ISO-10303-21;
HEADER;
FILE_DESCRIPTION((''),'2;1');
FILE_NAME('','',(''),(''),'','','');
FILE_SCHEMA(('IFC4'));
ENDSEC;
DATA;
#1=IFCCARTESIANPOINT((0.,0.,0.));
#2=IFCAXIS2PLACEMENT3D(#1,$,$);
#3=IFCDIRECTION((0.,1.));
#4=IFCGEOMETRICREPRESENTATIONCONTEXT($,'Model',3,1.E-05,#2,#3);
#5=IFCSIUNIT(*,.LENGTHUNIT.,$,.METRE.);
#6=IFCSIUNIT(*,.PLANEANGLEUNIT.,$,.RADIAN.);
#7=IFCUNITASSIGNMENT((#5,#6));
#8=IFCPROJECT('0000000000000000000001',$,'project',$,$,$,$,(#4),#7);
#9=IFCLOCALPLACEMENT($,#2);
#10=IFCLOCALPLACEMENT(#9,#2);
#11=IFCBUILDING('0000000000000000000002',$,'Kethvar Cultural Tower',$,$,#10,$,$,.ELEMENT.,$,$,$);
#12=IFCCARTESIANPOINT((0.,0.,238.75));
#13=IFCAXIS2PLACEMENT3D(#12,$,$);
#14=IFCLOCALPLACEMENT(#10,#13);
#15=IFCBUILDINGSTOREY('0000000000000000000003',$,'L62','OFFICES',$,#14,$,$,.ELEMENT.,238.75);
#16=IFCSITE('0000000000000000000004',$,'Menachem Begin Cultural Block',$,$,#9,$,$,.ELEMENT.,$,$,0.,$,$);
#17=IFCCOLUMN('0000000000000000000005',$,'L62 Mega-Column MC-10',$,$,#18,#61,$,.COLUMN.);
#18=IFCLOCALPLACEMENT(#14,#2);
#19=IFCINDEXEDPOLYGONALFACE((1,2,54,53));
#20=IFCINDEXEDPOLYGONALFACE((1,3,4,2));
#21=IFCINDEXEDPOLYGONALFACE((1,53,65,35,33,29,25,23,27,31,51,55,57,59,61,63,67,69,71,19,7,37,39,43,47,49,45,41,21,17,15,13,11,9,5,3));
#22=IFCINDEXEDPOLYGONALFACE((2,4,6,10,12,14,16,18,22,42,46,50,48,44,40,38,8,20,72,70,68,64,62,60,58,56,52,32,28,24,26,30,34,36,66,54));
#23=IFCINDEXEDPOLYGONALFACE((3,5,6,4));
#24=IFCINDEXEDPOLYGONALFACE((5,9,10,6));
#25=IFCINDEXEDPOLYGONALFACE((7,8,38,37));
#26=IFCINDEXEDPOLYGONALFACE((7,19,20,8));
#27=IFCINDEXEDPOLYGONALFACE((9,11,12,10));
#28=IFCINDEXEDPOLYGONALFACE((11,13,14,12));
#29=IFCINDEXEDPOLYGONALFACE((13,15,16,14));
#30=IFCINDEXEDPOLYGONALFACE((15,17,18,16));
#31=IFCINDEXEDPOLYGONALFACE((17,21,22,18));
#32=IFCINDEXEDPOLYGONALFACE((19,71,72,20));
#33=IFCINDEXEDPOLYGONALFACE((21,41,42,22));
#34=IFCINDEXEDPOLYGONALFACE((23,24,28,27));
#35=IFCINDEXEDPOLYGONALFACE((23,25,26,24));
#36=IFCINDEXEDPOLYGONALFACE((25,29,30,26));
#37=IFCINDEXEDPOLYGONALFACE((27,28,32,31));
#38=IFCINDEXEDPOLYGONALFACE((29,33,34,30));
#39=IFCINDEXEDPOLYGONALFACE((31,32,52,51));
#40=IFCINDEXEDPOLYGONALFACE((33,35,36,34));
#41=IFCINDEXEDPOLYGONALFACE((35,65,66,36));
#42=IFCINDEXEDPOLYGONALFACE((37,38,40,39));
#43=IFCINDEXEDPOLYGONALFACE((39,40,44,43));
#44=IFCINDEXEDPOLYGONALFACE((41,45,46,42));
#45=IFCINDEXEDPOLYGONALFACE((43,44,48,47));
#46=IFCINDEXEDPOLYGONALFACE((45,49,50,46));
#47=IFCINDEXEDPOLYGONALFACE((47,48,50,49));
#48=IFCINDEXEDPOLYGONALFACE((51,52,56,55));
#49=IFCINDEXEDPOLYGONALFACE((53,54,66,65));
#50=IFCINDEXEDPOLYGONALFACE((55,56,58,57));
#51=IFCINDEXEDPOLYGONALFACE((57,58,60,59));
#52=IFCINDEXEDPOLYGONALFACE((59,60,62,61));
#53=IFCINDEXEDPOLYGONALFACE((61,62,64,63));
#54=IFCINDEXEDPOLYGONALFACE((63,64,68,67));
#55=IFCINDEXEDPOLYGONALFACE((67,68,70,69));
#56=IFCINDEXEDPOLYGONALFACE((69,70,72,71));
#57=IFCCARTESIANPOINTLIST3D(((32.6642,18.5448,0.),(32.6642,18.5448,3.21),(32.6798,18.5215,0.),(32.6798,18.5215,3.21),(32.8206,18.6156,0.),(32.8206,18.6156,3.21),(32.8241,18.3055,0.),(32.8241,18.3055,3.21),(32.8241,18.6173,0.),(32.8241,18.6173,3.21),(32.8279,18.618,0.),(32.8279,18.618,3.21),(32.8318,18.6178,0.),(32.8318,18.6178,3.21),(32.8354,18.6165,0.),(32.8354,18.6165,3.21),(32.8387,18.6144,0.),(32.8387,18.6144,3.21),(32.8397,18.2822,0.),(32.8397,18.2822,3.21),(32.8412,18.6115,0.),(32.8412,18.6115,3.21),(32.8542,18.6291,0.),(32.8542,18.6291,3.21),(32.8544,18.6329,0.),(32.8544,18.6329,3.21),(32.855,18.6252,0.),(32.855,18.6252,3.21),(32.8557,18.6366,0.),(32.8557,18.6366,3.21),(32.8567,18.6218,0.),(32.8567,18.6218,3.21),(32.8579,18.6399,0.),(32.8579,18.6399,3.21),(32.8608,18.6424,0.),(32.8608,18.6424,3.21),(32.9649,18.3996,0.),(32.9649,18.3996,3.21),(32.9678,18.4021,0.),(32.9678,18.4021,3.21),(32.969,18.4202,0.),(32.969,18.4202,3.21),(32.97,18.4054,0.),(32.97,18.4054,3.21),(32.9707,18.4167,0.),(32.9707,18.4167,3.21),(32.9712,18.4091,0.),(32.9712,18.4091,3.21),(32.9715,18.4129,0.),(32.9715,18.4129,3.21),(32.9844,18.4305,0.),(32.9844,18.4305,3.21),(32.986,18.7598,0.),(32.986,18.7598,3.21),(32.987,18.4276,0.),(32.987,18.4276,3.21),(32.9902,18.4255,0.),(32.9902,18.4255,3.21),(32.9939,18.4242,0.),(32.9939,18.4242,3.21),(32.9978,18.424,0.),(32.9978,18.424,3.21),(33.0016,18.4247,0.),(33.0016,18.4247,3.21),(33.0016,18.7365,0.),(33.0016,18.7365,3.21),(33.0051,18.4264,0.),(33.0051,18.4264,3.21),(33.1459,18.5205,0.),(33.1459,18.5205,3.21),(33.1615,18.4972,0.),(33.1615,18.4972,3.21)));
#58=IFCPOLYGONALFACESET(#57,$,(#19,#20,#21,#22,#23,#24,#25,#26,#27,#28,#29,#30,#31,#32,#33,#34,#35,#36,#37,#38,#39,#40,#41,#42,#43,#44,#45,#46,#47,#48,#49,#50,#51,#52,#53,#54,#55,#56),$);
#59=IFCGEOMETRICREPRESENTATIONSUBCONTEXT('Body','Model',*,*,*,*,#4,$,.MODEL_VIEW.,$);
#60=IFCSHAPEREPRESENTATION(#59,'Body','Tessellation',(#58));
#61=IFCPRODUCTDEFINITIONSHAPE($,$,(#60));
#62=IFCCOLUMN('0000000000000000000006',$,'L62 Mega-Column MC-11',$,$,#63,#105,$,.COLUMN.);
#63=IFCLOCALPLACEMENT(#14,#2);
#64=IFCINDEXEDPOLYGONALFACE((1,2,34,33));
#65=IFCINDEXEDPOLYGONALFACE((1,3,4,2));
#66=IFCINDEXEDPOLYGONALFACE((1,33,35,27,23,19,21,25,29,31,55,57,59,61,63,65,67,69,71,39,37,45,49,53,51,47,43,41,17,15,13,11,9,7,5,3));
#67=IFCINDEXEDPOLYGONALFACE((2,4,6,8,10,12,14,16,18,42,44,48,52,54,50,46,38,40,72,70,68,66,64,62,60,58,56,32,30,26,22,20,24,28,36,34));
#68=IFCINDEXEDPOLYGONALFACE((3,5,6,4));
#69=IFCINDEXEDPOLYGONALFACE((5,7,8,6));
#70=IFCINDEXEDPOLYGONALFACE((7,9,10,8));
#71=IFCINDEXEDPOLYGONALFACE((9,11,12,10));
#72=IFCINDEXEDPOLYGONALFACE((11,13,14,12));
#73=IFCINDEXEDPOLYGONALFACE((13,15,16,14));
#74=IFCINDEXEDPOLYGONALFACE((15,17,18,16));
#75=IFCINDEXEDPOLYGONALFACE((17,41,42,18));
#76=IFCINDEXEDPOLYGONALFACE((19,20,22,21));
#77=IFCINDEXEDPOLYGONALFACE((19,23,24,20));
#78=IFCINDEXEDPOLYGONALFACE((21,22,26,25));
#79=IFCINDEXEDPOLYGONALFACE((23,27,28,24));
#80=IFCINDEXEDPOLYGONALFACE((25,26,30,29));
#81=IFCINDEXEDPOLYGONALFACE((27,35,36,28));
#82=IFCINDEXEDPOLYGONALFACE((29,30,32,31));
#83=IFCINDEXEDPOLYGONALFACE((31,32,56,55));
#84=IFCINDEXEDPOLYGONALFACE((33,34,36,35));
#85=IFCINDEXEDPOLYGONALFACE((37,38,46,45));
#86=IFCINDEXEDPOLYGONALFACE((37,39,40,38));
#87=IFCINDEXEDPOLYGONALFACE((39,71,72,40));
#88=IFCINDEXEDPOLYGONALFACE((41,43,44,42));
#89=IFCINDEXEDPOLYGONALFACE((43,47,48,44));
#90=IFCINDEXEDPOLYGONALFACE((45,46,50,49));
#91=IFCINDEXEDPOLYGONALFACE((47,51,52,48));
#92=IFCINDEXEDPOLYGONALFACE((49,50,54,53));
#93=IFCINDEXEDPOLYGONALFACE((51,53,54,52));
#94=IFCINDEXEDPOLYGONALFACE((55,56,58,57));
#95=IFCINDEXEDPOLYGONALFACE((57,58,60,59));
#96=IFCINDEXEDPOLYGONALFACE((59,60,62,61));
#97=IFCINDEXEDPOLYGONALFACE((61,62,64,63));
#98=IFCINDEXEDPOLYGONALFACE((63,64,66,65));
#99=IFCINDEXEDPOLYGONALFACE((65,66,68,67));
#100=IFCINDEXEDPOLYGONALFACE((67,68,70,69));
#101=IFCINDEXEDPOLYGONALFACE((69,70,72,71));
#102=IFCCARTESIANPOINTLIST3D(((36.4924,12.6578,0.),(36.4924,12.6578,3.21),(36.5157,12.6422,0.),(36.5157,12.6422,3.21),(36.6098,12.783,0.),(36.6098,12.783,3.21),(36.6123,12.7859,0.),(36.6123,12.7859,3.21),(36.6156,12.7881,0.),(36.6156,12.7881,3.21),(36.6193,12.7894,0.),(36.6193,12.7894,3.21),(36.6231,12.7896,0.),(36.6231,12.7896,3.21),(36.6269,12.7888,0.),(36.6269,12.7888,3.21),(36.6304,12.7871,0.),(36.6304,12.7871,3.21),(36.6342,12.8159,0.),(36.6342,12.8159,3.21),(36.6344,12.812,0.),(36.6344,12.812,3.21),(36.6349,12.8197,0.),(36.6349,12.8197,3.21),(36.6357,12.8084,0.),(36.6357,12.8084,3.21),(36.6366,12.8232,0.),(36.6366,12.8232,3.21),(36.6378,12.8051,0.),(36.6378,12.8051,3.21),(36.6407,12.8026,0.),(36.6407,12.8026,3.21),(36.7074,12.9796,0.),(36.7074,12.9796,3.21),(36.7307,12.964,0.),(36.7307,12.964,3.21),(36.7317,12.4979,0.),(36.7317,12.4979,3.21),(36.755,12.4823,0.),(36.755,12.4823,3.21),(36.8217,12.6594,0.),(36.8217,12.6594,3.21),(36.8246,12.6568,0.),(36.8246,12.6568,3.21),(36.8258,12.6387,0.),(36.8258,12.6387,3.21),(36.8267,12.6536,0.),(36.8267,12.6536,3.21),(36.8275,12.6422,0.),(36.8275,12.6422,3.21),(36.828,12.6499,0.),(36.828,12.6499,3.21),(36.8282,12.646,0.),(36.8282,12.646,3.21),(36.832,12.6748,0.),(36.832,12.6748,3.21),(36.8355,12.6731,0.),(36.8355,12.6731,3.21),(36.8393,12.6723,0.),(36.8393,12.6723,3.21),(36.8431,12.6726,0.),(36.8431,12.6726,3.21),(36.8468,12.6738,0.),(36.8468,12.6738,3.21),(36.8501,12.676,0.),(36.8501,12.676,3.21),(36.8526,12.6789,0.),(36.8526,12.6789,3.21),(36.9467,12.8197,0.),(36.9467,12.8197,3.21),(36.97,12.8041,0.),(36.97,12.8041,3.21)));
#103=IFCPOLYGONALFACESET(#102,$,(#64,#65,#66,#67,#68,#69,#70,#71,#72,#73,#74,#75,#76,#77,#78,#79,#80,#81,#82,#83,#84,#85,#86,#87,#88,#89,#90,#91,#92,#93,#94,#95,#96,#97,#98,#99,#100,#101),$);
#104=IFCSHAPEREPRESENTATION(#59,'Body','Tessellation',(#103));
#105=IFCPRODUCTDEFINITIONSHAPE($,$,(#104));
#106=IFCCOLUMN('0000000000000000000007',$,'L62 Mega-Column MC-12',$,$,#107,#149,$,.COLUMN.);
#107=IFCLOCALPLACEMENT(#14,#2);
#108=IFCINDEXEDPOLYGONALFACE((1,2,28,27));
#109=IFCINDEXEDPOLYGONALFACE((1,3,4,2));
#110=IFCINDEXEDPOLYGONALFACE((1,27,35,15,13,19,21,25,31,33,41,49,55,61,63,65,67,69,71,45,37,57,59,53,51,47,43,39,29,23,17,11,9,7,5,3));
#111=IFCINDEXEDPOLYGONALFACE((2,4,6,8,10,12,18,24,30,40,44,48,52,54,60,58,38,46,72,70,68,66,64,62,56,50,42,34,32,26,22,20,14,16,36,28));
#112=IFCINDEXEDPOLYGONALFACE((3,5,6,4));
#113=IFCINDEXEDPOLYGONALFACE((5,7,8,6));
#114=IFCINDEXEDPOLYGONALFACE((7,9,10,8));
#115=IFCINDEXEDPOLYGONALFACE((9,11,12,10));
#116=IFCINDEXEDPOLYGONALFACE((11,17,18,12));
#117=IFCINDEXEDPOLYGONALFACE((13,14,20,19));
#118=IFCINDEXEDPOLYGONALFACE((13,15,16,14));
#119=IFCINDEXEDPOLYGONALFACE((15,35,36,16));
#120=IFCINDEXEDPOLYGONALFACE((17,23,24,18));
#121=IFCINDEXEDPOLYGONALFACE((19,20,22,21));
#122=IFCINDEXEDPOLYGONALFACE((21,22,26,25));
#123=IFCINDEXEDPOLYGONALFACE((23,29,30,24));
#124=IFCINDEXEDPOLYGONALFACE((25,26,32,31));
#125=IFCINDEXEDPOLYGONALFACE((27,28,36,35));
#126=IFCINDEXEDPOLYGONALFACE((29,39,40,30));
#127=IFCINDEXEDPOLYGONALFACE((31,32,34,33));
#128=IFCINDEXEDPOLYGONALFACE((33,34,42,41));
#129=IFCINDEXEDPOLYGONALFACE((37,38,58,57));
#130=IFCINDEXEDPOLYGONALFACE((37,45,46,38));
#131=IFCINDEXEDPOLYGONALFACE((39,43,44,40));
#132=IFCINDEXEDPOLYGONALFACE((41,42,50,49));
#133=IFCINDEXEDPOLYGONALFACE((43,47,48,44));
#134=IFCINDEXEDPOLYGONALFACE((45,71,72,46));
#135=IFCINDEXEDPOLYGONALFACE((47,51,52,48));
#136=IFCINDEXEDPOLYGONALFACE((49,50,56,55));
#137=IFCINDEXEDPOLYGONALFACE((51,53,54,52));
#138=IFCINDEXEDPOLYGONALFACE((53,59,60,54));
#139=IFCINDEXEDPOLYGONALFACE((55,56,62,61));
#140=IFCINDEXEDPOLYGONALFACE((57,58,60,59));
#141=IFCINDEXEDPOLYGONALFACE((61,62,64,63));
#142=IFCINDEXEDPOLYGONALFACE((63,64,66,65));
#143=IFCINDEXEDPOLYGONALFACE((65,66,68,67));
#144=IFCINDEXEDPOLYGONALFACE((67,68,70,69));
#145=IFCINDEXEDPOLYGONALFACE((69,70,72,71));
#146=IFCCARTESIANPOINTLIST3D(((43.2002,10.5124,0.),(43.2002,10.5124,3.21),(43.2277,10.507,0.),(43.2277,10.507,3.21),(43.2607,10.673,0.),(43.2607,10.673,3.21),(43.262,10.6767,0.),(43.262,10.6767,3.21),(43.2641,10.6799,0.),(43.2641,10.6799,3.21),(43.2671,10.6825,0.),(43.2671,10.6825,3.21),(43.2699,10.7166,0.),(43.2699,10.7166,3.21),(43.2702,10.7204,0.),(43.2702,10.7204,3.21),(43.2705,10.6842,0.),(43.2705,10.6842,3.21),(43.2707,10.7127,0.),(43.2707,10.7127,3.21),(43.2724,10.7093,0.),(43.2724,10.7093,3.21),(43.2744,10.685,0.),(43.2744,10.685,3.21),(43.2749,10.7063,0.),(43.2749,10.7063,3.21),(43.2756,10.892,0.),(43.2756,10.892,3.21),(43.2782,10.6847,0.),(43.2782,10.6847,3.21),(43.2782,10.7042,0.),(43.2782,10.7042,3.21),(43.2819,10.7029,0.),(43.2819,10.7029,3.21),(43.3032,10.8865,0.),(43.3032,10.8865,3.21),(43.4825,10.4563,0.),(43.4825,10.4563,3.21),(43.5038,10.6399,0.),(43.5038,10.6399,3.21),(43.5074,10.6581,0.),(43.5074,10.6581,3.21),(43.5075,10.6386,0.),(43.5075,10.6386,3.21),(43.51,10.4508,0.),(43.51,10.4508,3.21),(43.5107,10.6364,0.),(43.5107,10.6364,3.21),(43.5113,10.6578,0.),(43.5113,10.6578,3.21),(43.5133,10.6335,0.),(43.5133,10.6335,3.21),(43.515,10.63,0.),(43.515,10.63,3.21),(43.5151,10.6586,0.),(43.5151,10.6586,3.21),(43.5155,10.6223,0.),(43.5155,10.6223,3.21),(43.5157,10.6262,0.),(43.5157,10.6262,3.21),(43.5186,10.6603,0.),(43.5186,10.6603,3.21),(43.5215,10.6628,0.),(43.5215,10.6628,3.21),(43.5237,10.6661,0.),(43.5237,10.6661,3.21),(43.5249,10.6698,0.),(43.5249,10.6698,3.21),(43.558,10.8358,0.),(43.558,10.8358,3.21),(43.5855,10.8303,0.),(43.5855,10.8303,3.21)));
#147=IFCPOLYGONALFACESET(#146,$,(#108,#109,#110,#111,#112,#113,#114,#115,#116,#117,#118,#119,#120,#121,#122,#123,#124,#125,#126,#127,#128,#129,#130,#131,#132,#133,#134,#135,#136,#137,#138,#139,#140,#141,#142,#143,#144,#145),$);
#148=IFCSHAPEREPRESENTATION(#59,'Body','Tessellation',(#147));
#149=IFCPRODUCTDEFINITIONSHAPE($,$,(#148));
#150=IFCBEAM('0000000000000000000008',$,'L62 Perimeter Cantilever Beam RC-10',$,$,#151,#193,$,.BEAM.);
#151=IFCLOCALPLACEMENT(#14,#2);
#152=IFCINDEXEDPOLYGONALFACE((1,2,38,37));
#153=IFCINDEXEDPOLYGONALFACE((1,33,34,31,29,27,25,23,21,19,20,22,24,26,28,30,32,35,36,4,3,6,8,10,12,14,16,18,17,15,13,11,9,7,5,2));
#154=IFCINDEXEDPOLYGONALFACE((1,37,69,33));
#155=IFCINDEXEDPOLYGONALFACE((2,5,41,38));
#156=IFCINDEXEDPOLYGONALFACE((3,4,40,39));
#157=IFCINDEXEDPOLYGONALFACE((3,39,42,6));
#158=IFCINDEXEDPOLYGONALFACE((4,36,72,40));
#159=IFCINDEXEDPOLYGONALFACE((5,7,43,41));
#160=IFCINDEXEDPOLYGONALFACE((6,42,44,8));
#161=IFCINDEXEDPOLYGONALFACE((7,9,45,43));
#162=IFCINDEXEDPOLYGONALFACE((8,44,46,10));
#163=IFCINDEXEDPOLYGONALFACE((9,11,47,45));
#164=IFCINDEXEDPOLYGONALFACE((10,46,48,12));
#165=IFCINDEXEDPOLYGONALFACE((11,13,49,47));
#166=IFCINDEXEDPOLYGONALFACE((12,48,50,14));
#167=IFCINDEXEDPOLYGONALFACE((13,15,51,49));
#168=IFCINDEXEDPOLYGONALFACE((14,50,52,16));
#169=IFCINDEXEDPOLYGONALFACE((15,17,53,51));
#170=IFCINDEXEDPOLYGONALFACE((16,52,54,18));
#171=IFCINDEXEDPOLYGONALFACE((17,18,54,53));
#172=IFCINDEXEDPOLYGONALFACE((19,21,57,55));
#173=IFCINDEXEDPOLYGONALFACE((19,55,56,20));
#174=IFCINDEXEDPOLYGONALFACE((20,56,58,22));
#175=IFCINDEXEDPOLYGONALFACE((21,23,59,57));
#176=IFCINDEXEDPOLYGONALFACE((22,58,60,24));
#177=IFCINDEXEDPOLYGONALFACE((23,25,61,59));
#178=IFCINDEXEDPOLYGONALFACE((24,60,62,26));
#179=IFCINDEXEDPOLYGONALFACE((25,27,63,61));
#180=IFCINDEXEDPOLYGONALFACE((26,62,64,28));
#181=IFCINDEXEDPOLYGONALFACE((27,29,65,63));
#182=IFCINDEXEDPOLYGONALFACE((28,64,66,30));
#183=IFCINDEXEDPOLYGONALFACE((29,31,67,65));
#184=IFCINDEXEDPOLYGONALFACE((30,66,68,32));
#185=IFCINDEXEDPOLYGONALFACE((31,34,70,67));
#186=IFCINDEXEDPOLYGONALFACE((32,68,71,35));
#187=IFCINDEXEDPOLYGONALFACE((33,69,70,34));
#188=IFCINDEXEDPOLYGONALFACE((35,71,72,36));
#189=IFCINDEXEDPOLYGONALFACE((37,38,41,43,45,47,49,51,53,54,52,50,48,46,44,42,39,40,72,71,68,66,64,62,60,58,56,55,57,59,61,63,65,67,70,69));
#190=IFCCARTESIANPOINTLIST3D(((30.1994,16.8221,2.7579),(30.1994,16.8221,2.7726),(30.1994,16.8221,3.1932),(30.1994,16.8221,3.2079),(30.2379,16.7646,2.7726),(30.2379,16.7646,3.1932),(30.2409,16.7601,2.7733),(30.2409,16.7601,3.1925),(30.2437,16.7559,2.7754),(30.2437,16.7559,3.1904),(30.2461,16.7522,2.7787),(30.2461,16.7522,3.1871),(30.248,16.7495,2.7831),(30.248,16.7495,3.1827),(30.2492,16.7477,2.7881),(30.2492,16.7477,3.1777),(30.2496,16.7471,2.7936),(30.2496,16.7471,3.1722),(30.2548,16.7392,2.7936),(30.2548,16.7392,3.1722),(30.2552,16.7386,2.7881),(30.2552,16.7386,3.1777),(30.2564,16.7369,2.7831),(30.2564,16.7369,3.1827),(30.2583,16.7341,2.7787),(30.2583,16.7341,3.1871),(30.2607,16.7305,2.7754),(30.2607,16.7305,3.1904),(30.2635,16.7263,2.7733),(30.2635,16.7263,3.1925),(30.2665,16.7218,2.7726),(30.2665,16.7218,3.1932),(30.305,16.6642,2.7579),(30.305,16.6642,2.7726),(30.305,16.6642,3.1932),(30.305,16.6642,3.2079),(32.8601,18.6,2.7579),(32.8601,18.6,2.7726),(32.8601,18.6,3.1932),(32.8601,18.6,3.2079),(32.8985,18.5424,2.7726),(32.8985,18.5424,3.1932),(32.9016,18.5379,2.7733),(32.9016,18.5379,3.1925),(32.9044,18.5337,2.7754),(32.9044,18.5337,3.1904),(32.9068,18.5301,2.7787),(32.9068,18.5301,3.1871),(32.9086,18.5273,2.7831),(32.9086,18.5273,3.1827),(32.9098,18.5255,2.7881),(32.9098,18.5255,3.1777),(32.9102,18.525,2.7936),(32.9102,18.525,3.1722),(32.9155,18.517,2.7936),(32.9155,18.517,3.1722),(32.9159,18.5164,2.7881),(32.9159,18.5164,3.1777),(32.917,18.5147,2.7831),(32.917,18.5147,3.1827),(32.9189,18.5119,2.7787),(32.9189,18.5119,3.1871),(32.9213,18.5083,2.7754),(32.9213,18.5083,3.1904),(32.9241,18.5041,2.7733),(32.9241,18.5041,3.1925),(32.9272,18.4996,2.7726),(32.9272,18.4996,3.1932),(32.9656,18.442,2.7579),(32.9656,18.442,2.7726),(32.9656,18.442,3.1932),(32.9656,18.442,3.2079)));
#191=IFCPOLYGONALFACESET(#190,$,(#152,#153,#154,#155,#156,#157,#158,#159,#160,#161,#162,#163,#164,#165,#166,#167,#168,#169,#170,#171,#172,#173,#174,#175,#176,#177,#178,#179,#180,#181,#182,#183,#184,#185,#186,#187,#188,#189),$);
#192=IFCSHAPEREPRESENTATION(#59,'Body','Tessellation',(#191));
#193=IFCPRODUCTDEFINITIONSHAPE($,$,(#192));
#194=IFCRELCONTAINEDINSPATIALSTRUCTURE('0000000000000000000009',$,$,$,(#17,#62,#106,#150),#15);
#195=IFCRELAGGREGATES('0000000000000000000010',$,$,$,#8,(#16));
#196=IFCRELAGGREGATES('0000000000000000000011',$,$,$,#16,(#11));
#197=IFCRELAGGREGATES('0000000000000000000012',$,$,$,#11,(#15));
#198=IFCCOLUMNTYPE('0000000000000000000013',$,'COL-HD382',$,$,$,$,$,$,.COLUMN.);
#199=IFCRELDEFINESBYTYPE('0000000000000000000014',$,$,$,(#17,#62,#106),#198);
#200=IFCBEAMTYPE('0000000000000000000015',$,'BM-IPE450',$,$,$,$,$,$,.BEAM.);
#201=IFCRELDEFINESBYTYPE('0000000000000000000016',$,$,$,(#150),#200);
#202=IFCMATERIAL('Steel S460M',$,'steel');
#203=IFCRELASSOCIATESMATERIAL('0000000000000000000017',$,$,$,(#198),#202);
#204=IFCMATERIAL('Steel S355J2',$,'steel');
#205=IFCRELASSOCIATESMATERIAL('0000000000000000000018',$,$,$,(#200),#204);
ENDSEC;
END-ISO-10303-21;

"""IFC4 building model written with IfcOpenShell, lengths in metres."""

from ifc_helpers import new_model, si_unit, direction, frame, origin, origin_2d, place, context, subcontext, project, spatial, i_section, extrude, source, transform, mapped, material, material_profile, profile_set, type_object, element, save


model = new_model("IFC4")

# Units and contexts
model_context = context("Model", 3, precision=1e-05, world=origin(), true_north=direction((0.0, 1.0)))
body_context = subcontext(model_context, "Body", "Model", "MODEL_VIEW")
ifc_project = project(units=[si_unit("LENGTHUNIT", "METRE"), si_unit("PLANEANGLEUNIT", "RADIAN")], contexts=[model_context])

# Site, building, storey
site_placement = place(None, origin())
site = spatial("IfcSite", under=ifc_project, at=site_placement, Name="Menachem Begin Cultural Block", CompositionType="ELEMENT", RefElevation=0.0)
building_placement = place(site_placement, origin())
building = spatial("IfcBuilding", under=site, at=building_placement, Name="Kethvar Cultural Tower", CompositionType="ELEMENT")
storey_placement = place(building_placement, frame((0.0, 0.0, 238.75)))
storey = spatial("IfcBuildingStorey", under=building, at=storey_placement, Name="L62", Description="OFFICES", CompositionType="ELEMENT", Elevation=238.75)

# Columns
ifc_material_1 = material(Name="Steel S460M", Category="steel")
ifc_material_profile_1 = material_profile(ifc_material_1, i_section(OverallWidth=0.387, OverallDepth=0.3159, WebThickness=0.0186, FlangeThickness=0.0281, FilletRadius=0.0149, at=origin_2d()), Name="Steel S460M — HD400x382")
ifc_profile_set_1 = profile_set([ifc_material_profile_1], Name="Steel S460M — HD400x382")
column_type = type_object("IfcColumnType", Name="COL-HD382", PredefinedType="COLUMN", material=ifc_profile_set_1)
shared_shape_1 = source(origin(), body_context, "Body", "SweptSolid", [
    extrude(i_section(OverallWidth=0.387, OverallDepth=0.3159, WebThickness=0.0186, FlangeThickness=0.0281, FilletRadius=0.0149, at=origin_2d()), origin(), (0.0, 0.0, 1.0), 3.21),
])
for number, where, z_axis, x_axis, name in (
    (1, (32.9128, 18.521, 0.0), (0.0, 0.0, 1.0), (-0.83147, -0.55557, 0.0), "L62 Mega-Column MC-10"),
    (2, (36.7312, 12.731, 0.0), (0.0, 0.0, 1.0), (-0.55557, -0.83147, 0.0), "L62 Mega-Column MC-11"),
    (3, (43.3928, 10.6714, 0.0), (0.0, 0.0, 1.0), (-0.19509, -0.980785, 0.0), "L62 Mega-Column MC-12"),
):
    element("IfcColumn", number, at=place(storey_placement, frame(where, z_axis=z_axis, x_axis=x_axis)), inside=storey, type_object=column_type, Name=name, PredefinedType="COLUMN", context=body_context, shape_type="MappedRepresentation", body=[
        mapped(shared_shape_1, transform((0.0, 0.0, 0.0), scale=1.0)),
    ])

# Beam
ifc_material_2 = material(Name="Steel S355J2", Category="steel")
ifc_material_profile_2 = material_profile(ifc_material_2, i_section(OverallWidth=0.1899, OverallDepth=0.45, WebThickness=0.0095, FlangeThickness=0.0146, FilletRadius=0.021, at=origin_2d()), Name="Steel S355J2 — IPE450")
ifc_profile_set_2 = profile_set([ifc_material_profile_2], Name="Steel S355J2 — IPE450")
beam_type_1 = type_object("IfcBeamType", Name="BM-IPE450", PredefinedType="BEAM", material=ifc_profile_set_2)
shared_shape_2 = source(origin(), body_context, "Body", "SweptSolid", [
    extrude(i_section(OverallWidth=0.1899, OverallDepth=0.45, WebThickness=0.0095, FlangeThickness=0.0146, FilletRadius=0.021, at=origin_2d()), origin(), (0.0, 0.0, 1.0), 3.2),
])
for number, where, z_axis, x_axis, name in (
    (4, (32.9128, 18.521, 2.9829), (-0.831463, -0.55558, 0.0), (0.55558, -0.831463, 0.0), "L62 Perimeter Cantilever Beam RC-10"),
):
    element("IfcBeam", number, at=place(storey_placement, frame(where, z_axis=z_axis, x_axis=x_axis)), inside=storey, type_object=beam_type_1, Name=name, PredefinedType="BEAM", context=body_context, shape_type="MappedRepresentation", body=[
        mapped(shared_shape_2, transform((0.0, 0.0, 0.0), scale=1.0)),
    ])

save(model, "model.ifc")
